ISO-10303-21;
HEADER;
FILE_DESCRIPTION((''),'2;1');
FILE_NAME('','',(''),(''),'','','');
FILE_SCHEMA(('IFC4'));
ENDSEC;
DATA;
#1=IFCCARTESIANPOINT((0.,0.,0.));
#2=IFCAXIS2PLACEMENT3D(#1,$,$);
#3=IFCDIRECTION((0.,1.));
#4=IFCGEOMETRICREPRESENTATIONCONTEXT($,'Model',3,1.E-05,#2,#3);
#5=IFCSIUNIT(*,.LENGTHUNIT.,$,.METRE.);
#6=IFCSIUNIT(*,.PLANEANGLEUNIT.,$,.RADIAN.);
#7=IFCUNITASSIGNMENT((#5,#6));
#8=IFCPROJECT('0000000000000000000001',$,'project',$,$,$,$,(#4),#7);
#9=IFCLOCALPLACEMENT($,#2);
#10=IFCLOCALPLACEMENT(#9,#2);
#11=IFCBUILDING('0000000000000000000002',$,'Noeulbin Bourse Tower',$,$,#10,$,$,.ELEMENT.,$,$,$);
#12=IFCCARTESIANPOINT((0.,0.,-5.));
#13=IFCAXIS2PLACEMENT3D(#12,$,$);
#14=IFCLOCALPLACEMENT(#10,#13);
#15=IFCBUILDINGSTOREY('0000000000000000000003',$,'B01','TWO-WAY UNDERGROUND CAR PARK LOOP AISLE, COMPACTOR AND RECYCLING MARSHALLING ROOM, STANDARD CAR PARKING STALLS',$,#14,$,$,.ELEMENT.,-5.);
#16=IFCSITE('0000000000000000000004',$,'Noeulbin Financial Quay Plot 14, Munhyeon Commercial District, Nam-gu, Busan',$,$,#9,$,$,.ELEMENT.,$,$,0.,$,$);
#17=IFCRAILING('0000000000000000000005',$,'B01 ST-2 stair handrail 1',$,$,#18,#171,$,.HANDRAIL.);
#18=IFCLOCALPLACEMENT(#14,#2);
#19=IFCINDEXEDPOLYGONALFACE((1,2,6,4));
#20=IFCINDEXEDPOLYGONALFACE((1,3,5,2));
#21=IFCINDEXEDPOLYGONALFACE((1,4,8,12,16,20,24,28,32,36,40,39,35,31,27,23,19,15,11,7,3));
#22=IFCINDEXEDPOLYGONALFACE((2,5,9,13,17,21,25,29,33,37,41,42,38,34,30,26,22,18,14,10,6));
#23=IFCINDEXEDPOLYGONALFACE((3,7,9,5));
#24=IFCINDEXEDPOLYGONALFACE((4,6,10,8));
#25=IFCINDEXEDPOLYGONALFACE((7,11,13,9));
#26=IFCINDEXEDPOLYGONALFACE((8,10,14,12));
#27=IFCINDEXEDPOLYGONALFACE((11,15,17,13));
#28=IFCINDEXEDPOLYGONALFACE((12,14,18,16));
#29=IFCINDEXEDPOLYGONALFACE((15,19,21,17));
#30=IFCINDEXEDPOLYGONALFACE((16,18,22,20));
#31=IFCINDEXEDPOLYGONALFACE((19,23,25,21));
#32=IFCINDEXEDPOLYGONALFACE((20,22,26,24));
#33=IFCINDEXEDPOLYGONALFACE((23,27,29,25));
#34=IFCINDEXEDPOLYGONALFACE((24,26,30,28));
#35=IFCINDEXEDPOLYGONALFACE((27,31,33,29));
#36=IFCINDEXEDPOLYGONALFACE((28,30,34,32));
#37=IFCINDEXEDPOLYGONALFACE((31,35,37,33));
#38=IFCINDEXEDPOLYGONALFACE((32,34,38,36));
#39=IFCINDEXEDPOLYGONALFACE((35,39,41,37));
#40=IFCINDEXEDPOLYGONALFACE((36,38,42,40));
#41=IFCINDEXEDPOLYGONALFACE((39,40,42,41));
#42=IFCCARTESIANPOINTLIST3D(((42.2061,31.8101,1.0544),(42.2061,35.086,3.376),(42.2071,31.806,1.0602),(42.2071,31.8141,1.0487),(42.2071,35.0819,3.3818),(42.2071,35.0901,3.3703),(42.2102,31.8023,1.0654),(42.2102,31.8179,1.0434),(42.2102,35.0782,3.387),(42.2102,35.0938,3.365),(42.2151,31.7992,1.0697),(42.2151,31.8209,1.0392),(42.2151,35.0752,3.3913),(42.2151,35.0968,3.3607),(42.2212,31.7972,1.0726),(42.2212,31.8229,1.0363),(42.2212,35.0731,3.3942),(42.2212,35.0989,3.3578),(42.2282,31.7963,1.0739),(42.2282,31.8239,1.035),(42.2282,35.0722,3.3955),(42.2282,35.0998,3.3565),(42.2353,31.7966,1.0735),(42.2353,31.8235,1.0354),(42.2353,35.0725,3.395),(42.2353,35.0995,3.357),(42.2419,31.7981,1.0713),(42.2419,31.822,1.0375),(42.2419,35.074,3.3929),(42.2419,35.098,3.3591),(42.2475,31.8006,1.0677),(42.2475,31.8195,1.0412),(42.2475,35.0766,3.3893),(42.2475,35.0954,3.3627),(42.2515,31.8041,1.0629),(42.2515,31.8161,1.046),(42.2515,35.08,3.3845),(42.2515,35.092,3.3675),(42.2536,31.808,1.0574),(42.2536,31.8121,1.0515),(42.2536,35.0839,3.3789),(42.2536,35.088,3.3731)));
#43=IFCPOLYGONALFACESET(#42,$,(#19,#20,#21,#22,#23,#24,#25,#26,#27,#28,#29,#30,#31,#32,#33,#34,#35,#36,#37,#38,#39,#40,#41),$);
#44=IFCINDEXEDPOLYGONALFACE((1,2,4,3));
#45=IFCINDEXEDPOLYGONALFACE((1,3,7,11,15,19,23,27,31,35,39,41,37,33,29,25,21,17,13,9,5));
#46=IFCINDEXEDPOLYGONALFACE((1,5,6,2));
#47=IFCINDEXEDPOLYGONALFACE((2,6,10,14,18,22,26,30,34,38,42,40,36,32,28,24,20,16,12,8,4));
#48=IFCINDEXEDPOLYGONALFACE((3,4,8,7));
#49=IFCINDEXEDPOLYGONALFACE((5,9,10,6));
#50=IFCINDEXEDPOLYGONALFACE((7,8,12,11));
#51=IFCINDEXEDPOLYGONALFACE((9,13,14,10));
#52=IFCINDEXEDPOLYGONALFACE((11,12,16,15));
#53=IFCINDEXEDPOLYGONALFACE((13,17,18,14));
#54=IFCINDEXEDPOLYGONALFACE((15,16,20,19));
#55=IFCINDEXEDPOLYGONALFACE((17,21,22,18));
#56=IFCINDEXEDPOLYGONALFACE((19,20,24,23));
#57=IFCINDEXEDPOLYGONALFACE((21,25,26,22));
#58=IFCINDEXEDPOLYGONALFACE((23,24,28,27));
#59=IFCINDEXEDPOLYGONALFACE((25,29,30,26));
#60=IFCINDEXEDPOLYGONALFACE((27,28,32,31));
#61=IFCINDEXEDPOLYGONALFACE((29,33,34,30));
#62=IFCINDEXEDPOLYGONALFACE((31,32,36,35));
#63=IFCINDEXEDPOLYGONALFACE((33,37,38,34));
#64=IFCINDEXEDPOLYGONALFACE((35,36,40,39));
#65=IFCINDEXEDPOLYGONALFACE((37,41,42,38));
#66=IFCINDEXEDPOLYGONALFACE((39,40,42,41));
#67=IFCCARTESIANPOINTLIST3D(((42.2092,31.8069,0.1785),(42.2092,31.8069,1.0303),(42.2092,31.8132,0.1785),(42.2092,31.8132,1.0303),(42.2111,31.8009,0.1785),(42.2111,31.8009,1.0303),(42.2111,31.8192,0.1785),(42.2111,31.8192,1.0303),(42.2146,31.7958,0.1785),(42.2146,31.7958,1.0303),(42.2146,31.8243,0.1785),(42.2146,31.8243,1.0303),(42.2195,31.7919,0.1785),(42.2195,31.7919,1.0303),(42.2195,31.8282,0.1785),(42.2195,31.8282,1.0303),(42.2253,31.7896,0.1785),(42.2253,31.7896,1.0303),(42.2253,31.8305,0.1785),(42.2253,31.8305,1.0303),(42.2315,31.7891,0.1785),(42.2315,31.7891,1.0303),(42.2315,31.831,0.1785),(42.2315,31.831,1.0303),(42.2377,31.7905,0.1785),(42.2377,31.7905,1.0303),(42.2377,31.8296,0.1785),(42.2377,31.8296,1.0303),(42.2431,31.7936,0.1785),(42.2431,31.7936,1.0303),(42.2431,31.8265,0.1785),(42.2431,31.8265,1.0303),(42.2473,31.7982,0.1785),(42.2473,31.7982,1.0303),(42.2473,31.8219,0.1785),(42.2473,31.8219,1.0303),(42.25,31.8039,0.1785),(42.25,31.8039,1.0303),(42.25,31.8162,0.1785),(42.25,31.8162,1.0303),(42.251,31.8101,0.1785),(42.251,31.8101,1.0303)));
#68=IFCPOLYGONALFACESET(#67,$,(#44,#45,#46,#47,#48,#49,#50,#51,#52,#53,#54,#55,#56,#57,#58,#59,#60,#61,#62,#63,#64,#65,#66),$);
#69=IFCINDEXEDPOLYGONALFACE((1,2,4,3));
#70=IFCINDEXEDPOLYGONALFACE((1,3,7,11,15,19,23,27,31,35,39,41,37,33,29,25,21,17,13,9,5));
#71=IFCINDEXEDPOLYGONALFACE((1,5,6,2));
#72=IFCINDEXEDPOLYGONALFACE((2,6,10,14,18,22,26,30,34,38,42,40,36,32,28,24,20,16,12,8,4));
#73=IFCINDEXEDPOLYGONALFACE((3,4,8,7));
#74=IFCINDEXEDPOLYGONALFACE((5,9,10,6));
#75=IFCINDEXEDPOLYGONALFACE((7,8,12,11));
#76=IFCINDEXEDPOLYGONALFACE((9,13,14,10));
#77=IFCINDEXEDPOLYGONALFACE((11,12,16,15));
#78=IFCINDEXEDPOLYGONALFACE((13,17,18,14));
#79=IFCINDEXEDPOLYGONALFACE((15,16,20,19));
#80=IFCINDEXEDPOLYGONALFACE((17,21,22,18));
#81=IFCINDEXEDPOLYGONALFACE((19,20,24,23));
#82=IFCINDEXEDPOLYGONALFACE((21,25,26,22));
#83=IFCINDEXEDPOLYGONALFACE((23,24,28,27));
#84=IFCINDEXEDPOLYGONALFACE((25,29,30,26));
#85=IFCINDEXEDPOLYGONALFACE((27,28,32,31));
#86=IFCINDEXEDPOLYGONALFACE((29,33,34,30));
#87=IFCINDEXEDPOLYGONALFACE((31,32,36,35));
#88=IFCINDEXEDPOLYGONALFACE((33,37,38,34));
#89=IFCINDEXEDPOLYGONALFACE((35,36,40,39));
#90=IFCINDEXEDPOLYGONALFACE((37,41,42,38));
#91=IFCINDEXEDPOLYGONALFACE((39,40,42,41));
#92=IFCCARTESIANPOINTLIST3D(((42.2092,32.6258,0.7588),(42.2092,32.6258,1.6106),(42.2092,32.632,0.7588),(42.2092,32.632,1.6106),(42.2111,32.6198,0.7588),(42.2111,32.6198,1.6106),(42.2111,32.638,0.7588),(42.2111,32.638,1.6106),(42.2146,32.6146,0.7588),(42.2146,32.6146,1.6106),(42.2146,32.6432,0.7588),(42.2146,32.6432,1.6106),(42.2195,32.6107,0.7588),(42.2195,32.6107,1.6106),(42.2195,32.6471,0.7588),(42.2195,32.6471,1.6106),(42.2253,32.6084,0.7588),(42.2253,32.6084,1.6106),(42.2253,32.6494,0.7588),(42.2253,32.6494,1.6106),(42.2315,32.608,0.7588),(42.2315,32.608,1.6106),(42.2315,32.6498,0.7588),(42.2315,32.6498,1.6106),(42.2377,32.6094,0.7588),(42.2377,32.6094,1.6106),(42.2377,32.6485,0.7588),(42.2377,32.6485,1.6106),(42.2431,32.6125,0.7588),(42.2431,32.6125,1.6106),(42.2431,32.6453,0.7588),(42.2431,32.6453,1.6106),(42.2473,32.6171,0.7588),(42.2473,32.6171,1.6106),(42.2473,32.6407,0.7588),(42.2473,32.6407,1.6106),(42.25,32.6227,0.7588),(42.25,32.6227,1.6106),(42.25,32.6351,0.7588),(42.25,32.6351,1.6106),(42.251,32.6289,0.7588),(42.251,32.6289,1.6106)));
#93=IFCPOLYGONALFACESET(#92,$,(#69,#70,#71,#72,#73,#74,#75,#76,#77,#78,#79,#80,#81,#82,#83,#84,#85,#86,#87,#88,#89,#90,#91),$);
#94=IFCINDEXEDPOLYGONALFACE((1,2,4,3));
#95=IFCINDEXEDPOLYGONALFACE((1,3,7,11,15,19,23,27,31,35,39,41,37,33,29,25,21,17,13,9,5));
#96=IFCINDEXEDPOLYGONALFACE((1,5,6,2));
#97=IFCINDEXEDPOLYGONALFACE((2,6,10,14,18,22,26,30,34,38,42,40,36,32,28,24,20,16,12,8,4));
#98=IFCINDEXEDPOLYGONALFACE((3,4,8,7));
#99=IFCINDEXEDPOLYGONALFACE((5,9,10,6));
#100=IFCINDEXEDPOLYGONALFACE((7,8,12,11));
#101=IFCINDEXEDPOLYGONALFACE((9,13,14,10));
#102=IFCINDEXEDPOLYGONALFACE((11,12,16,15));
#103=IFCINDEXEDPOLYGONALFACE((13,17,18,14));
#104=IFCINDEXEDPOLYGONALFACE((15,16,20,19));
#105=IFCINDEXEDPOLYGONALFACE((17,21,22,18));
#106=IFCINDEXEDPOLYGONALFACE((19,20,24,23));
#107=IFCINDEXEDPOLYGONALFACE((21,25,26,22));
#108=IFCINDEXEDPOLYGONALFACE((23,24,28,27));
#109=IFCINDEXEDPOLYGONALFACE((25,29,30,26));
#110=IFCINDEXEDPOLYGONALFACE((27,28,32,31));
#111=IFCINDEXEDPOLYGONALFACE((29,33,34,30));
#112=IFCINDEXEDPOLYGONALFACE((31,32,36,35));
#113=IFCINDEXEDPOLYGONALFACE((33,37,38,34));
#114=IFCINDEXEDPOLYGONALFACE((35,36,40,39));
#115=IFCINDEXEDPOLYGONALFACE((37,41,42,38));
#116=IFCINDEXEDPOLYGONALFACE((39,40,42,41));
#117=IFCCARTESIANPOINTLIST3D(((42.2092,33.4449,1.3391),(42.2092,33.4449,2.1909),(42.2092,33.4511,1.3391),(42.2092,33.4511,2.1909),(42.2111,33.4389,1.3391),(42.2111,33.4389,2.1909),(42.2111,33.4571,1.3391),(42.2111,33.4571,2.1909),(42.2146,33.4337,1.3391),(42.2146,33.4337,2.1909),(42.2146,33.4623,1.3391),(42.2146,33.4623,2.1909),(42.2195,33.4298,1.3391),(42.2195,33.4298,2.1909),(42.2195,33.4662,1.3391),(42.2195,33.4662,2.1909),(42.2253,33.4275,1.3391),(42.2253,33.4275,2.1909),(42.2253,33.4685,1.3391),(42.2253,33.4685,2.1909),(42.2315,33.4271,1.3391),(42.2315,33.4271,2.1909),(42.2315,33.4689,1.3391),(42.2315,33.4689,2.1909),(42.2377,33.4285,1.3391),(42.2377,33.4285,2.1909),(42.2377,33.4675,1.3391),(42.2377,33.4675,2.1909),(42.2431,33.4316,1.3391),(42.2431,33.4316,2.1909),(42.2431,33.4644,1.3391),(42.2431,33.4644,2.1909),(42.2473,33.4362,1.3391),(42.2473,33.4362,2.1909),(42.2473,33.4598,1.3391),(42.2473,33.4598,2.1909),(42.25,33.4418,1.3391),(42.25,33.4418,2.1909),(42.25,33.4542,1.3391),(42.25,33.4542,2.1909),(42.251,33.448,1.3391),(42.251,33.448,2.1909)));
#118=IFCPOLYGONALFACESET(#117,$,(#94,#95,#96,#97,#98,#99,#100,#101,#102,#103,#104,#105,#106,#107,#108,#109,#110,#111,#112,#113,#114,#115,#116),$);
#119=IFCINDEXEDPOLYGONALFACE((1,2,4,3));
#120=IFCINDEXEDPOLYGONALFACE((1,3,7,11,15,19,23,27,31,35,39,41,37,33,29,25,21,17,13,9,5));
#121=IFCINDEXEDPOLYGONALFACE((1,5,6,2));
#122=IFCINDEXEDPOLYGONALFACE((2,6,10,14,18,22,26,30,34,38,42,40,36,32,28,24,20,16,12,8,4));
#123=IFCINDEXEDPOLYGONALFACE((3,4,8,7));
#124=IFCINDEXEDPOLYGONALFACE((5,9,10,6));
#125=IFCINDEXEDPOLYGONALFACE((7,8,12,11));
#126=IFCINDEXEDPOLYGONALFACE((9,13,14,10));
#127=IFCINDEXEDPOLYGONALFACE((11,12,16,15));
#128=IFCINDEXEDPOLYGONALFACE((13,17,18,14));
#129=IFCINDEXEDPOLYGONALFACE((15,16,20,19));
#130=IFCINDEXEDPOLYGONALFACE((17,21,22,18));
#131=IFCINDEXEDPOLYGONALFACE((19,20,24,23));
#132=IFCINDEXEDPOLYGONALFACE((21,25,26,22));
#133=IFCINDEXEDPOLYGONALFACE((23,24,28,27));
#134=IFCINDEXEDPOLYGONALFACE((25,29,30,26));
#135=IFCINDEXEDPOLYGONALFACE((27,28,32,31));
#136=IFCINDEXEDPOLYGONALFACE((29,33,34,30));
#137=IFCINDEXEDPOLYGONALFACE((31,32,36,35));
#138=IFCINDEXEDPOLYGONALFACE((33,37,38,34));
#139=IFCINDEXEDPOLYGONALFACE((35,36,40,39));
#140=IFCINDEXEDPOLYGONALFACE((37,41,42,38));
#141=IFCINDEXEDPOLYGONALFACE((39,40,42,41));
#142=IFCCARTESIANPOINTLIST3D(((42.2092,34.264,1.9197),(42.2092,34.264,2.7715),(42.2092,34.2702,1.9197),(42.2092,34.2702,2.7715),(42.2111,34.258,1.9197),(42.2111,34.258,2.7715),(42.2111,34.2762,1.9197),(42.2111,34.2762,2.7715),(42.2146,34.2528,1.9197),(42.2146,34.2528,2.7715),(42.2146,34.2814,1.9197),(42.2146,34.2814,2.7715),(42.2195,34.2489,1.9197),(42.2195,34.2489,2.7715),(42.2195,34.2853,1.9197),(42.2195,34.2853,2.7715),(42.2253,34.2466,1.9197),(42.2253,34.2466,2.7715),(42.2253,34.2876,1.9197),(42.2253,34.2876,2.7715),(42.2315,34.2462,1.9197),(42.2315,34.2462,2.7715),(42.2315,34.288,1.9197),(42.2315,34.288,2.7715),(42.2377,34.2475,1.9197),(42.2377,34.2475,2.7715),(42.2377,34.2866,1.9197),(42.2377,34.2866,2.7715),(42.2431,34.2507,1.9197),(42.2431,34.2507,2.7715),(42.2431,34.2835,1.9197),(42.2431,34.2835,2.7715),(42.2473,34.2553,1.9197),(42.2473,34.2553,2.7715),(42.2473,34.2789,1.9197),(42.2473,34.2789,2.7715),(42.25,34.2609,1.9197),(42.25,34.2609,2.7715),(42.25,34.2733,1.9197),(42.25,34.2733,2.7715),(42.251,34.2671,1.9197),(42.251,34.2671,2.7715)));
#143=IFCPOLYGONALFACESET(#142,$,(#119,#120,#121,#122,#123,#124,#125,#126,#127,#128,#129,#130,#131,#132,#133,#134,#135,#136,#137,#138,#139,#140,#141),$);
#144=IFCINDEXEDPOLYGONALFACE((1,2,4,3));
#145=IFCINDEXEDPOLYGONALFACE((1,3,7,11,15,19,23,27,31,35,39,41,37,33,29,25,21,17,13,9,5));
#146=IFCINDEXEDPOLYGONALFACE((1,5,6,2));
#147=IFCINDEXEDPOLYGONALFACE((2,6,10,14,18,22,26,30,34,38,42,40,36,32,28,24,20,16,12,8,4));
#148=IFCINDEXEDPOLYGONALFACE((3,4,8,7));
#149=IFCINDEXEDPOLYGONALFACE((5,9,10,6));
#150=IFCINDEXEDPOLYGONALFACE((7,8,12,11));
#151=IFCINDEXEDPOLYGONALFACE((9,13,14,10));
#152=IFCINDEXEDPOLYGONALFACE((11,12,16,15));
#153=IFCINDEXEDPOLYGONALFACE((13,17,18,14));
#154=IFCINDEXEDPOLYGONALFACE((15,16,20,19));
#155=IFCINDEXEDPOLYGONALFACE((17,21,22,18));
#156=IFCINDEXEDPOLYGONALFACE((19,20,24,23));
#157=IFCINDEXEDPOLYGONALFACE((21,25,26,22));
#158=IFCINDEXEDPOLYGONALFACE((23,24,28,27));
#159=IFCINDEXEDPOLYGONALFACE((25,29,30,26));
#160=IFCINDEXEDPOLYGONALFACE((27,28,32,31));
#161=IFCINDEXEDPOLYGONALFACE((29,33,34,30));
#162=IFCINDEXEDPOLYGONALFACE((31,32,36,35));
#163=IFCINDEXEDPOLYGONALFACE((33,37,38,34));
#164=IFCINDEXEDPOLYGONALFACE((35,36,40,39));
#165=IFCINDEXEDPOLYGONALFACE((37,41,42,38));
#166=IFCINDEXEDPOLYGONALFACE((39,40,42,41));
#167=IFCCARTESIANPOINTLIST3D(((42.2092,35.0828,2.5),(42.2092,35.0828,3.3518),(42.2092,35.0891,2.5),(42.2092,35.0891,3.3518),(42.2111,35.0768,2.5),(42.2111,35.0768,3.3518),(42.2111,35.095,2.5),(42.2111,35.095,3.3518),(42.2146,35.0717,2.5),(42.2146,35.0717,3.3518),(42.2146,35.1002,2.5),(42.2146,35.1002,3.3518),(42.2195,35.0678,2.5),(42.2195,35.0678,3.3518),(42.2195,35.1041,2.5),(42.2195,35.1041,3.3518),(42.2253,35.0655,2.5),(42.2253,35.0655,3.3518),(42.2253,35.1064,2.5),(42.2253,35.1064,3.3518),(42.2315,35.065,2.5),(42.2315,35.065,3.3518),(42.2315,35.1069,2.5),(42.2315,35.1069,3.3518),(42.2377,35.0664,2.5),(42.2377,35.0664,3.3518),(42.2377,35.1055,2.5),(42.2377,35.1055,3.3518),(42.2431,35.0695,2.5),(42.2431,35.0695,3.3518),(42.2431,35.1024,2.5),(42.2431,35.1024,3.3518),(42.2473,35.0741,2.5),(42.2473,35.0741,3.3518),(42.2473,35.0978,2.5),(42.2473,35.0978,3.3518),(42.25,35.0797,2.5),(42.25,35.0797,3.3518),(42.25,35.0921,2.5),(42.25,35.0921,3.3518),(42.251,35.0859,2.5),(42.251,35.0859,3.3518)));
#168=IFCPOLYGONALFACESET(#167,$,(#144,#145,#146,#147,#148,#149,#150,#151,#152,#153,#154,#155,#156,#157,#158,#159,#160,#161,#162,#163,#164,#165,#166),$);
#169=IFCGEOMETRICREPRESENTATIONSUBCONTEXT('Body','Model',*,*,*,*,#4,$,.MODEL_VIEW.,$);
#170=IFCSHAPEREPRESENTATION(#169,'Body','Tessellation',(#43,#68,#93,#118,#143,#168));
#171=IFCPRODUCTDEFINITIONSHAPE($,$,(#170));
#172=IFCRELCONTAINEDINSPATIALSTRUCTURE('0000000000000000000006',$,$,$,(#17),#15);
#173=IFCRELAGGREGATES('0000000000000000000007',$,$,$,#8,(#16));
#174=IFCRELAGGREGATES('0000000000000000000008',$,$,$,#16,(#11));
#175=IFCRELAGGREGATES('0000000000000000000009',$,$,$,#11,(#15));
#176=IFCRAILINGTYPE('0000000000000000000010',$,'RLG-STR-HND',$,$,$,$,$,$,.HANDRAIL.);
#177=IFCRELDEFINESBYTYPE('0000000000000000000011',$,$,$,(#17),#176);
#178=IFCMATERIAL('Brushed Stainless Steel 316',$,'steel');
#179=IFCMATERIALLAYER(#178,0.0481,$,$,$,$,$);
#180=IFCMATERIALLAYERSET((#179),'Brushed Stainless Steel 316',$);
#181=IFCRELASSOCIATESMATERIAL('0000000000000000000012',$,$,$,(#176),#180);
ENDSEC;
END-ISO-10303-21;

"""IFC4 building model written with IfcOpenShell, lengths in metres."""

from ifc_helpers import new_model, si_unit, direction, frame, origin, origin_2d, place, context, subcontext, project, spatial, circle, extrude, material, layer, layer_set, type_object, element, save


model = new_model("IFC4")

# Units and contexts
model_context = context("Model", 3, precision=1e-05, world=origin(), true_north=direction((0.0, 1.0)))
body_context = subcontext(model_context, "Body", "Model", "MODEL_VIEW")
ifc_project = project(units=[si_unit("LENGTHUNIT", "METRE"), si_unit("PLANEANGLEUNIT", "RADIAN")], contexts=[model_context])

# Site, building, storey
site_placement = place(None, origin())
site = spatial("IfcSite", under=ifc_project, at=site_placement, Name="Noeulbin Financial Quay Plot 14, Munhyeon Commercial District, Nam-gu, Busan", CompositionType="ELEMENT", RefElevation=0.0)
building_placement = place(site_placement, origin())
building = spatial("IfcBuilding", under=site, at=building_placement, Name="Noeulbin Bourse Tower", CompositionType="ELEMENT")
storey_placement = place(building_placement, frame((0.0, 0.0, -5.0)))
storey = spatial("IfcBuildingStorey", under=building, at=storey_placement, Name="B01", Description="TWO-WAY UNDERGROUND CAR PARK LOOP AISLE, COMPACTOR AND RECYCLING MARSHALLING ROOM, STANDARD CAR PARKING STALLS", CompositionType="ELEMENT", Elevation=-5.0)

# Shared definitions
ifc_material_1 = material(Name="Brushed Stainless Steel 316", Category="steel")

# Railing
ifc_layer_1 = layer(ifc_material_1, 0.0481)
ifc_layer_set_1 = layer_set([ifc_layer_1], Name="Brushed Stainless Steel 316")
railing_type_1 = type_object("IfcRailingType", Name="RLG-STR-HND", PredefinedType="HANDRAIL", material=ifc_layer_set_1)
railing_1_placement = place(storey_placement, frame((42.23, 31.8101, 0.1785)))
element("IfcRailing", 1, at=railing_1_placement, inside=storey, type_object=railing_type_1, Name="B01 ST-2 stair handrail 1", PredefinedType="HANDRAIL", context=body_context, shape_type="SweptSolid", body=[
    extrude(circle(Radius=0.0239, at=origin_2d()), frame((0.0, 0.0, 0.876), z_axis=(0.0, 0.815893, 0.578203), x_axis=(-1.0, 0.0, 0.0)), (0.0, 0.0, 1.0), 4.0151),
    extrude(circle(Radius=0.021, at=origin_2d()), origin(), (0.0, 0.0, 1.0), 0.8518),
    extrude(circle(Radius=0.021, at=origin_2d()), frame((0.0, 0.8188, 0.5803)), (0.0, 0.0, 1.0), 0.8518),
    extrude(circle(Radius=0.021, at=origin_2d()), frame((0.0, 1.6379, 1.1606)), (0.0, 0.0, 1.0), 0.8518),
    extrude(circle(Radius=0.021, at=origin_2d()), frame((0.0, 2.457, 1.7412)), (0.0, 0.0, 1.0), 0.8518),
    extrude(circle(Radius=0.021, at=origin_2d()), frame((0.0, 3.2759, 2.3215)), (0.0, 0.0, 1.0), 0.8518),
])

save(model, "model.ifc")
